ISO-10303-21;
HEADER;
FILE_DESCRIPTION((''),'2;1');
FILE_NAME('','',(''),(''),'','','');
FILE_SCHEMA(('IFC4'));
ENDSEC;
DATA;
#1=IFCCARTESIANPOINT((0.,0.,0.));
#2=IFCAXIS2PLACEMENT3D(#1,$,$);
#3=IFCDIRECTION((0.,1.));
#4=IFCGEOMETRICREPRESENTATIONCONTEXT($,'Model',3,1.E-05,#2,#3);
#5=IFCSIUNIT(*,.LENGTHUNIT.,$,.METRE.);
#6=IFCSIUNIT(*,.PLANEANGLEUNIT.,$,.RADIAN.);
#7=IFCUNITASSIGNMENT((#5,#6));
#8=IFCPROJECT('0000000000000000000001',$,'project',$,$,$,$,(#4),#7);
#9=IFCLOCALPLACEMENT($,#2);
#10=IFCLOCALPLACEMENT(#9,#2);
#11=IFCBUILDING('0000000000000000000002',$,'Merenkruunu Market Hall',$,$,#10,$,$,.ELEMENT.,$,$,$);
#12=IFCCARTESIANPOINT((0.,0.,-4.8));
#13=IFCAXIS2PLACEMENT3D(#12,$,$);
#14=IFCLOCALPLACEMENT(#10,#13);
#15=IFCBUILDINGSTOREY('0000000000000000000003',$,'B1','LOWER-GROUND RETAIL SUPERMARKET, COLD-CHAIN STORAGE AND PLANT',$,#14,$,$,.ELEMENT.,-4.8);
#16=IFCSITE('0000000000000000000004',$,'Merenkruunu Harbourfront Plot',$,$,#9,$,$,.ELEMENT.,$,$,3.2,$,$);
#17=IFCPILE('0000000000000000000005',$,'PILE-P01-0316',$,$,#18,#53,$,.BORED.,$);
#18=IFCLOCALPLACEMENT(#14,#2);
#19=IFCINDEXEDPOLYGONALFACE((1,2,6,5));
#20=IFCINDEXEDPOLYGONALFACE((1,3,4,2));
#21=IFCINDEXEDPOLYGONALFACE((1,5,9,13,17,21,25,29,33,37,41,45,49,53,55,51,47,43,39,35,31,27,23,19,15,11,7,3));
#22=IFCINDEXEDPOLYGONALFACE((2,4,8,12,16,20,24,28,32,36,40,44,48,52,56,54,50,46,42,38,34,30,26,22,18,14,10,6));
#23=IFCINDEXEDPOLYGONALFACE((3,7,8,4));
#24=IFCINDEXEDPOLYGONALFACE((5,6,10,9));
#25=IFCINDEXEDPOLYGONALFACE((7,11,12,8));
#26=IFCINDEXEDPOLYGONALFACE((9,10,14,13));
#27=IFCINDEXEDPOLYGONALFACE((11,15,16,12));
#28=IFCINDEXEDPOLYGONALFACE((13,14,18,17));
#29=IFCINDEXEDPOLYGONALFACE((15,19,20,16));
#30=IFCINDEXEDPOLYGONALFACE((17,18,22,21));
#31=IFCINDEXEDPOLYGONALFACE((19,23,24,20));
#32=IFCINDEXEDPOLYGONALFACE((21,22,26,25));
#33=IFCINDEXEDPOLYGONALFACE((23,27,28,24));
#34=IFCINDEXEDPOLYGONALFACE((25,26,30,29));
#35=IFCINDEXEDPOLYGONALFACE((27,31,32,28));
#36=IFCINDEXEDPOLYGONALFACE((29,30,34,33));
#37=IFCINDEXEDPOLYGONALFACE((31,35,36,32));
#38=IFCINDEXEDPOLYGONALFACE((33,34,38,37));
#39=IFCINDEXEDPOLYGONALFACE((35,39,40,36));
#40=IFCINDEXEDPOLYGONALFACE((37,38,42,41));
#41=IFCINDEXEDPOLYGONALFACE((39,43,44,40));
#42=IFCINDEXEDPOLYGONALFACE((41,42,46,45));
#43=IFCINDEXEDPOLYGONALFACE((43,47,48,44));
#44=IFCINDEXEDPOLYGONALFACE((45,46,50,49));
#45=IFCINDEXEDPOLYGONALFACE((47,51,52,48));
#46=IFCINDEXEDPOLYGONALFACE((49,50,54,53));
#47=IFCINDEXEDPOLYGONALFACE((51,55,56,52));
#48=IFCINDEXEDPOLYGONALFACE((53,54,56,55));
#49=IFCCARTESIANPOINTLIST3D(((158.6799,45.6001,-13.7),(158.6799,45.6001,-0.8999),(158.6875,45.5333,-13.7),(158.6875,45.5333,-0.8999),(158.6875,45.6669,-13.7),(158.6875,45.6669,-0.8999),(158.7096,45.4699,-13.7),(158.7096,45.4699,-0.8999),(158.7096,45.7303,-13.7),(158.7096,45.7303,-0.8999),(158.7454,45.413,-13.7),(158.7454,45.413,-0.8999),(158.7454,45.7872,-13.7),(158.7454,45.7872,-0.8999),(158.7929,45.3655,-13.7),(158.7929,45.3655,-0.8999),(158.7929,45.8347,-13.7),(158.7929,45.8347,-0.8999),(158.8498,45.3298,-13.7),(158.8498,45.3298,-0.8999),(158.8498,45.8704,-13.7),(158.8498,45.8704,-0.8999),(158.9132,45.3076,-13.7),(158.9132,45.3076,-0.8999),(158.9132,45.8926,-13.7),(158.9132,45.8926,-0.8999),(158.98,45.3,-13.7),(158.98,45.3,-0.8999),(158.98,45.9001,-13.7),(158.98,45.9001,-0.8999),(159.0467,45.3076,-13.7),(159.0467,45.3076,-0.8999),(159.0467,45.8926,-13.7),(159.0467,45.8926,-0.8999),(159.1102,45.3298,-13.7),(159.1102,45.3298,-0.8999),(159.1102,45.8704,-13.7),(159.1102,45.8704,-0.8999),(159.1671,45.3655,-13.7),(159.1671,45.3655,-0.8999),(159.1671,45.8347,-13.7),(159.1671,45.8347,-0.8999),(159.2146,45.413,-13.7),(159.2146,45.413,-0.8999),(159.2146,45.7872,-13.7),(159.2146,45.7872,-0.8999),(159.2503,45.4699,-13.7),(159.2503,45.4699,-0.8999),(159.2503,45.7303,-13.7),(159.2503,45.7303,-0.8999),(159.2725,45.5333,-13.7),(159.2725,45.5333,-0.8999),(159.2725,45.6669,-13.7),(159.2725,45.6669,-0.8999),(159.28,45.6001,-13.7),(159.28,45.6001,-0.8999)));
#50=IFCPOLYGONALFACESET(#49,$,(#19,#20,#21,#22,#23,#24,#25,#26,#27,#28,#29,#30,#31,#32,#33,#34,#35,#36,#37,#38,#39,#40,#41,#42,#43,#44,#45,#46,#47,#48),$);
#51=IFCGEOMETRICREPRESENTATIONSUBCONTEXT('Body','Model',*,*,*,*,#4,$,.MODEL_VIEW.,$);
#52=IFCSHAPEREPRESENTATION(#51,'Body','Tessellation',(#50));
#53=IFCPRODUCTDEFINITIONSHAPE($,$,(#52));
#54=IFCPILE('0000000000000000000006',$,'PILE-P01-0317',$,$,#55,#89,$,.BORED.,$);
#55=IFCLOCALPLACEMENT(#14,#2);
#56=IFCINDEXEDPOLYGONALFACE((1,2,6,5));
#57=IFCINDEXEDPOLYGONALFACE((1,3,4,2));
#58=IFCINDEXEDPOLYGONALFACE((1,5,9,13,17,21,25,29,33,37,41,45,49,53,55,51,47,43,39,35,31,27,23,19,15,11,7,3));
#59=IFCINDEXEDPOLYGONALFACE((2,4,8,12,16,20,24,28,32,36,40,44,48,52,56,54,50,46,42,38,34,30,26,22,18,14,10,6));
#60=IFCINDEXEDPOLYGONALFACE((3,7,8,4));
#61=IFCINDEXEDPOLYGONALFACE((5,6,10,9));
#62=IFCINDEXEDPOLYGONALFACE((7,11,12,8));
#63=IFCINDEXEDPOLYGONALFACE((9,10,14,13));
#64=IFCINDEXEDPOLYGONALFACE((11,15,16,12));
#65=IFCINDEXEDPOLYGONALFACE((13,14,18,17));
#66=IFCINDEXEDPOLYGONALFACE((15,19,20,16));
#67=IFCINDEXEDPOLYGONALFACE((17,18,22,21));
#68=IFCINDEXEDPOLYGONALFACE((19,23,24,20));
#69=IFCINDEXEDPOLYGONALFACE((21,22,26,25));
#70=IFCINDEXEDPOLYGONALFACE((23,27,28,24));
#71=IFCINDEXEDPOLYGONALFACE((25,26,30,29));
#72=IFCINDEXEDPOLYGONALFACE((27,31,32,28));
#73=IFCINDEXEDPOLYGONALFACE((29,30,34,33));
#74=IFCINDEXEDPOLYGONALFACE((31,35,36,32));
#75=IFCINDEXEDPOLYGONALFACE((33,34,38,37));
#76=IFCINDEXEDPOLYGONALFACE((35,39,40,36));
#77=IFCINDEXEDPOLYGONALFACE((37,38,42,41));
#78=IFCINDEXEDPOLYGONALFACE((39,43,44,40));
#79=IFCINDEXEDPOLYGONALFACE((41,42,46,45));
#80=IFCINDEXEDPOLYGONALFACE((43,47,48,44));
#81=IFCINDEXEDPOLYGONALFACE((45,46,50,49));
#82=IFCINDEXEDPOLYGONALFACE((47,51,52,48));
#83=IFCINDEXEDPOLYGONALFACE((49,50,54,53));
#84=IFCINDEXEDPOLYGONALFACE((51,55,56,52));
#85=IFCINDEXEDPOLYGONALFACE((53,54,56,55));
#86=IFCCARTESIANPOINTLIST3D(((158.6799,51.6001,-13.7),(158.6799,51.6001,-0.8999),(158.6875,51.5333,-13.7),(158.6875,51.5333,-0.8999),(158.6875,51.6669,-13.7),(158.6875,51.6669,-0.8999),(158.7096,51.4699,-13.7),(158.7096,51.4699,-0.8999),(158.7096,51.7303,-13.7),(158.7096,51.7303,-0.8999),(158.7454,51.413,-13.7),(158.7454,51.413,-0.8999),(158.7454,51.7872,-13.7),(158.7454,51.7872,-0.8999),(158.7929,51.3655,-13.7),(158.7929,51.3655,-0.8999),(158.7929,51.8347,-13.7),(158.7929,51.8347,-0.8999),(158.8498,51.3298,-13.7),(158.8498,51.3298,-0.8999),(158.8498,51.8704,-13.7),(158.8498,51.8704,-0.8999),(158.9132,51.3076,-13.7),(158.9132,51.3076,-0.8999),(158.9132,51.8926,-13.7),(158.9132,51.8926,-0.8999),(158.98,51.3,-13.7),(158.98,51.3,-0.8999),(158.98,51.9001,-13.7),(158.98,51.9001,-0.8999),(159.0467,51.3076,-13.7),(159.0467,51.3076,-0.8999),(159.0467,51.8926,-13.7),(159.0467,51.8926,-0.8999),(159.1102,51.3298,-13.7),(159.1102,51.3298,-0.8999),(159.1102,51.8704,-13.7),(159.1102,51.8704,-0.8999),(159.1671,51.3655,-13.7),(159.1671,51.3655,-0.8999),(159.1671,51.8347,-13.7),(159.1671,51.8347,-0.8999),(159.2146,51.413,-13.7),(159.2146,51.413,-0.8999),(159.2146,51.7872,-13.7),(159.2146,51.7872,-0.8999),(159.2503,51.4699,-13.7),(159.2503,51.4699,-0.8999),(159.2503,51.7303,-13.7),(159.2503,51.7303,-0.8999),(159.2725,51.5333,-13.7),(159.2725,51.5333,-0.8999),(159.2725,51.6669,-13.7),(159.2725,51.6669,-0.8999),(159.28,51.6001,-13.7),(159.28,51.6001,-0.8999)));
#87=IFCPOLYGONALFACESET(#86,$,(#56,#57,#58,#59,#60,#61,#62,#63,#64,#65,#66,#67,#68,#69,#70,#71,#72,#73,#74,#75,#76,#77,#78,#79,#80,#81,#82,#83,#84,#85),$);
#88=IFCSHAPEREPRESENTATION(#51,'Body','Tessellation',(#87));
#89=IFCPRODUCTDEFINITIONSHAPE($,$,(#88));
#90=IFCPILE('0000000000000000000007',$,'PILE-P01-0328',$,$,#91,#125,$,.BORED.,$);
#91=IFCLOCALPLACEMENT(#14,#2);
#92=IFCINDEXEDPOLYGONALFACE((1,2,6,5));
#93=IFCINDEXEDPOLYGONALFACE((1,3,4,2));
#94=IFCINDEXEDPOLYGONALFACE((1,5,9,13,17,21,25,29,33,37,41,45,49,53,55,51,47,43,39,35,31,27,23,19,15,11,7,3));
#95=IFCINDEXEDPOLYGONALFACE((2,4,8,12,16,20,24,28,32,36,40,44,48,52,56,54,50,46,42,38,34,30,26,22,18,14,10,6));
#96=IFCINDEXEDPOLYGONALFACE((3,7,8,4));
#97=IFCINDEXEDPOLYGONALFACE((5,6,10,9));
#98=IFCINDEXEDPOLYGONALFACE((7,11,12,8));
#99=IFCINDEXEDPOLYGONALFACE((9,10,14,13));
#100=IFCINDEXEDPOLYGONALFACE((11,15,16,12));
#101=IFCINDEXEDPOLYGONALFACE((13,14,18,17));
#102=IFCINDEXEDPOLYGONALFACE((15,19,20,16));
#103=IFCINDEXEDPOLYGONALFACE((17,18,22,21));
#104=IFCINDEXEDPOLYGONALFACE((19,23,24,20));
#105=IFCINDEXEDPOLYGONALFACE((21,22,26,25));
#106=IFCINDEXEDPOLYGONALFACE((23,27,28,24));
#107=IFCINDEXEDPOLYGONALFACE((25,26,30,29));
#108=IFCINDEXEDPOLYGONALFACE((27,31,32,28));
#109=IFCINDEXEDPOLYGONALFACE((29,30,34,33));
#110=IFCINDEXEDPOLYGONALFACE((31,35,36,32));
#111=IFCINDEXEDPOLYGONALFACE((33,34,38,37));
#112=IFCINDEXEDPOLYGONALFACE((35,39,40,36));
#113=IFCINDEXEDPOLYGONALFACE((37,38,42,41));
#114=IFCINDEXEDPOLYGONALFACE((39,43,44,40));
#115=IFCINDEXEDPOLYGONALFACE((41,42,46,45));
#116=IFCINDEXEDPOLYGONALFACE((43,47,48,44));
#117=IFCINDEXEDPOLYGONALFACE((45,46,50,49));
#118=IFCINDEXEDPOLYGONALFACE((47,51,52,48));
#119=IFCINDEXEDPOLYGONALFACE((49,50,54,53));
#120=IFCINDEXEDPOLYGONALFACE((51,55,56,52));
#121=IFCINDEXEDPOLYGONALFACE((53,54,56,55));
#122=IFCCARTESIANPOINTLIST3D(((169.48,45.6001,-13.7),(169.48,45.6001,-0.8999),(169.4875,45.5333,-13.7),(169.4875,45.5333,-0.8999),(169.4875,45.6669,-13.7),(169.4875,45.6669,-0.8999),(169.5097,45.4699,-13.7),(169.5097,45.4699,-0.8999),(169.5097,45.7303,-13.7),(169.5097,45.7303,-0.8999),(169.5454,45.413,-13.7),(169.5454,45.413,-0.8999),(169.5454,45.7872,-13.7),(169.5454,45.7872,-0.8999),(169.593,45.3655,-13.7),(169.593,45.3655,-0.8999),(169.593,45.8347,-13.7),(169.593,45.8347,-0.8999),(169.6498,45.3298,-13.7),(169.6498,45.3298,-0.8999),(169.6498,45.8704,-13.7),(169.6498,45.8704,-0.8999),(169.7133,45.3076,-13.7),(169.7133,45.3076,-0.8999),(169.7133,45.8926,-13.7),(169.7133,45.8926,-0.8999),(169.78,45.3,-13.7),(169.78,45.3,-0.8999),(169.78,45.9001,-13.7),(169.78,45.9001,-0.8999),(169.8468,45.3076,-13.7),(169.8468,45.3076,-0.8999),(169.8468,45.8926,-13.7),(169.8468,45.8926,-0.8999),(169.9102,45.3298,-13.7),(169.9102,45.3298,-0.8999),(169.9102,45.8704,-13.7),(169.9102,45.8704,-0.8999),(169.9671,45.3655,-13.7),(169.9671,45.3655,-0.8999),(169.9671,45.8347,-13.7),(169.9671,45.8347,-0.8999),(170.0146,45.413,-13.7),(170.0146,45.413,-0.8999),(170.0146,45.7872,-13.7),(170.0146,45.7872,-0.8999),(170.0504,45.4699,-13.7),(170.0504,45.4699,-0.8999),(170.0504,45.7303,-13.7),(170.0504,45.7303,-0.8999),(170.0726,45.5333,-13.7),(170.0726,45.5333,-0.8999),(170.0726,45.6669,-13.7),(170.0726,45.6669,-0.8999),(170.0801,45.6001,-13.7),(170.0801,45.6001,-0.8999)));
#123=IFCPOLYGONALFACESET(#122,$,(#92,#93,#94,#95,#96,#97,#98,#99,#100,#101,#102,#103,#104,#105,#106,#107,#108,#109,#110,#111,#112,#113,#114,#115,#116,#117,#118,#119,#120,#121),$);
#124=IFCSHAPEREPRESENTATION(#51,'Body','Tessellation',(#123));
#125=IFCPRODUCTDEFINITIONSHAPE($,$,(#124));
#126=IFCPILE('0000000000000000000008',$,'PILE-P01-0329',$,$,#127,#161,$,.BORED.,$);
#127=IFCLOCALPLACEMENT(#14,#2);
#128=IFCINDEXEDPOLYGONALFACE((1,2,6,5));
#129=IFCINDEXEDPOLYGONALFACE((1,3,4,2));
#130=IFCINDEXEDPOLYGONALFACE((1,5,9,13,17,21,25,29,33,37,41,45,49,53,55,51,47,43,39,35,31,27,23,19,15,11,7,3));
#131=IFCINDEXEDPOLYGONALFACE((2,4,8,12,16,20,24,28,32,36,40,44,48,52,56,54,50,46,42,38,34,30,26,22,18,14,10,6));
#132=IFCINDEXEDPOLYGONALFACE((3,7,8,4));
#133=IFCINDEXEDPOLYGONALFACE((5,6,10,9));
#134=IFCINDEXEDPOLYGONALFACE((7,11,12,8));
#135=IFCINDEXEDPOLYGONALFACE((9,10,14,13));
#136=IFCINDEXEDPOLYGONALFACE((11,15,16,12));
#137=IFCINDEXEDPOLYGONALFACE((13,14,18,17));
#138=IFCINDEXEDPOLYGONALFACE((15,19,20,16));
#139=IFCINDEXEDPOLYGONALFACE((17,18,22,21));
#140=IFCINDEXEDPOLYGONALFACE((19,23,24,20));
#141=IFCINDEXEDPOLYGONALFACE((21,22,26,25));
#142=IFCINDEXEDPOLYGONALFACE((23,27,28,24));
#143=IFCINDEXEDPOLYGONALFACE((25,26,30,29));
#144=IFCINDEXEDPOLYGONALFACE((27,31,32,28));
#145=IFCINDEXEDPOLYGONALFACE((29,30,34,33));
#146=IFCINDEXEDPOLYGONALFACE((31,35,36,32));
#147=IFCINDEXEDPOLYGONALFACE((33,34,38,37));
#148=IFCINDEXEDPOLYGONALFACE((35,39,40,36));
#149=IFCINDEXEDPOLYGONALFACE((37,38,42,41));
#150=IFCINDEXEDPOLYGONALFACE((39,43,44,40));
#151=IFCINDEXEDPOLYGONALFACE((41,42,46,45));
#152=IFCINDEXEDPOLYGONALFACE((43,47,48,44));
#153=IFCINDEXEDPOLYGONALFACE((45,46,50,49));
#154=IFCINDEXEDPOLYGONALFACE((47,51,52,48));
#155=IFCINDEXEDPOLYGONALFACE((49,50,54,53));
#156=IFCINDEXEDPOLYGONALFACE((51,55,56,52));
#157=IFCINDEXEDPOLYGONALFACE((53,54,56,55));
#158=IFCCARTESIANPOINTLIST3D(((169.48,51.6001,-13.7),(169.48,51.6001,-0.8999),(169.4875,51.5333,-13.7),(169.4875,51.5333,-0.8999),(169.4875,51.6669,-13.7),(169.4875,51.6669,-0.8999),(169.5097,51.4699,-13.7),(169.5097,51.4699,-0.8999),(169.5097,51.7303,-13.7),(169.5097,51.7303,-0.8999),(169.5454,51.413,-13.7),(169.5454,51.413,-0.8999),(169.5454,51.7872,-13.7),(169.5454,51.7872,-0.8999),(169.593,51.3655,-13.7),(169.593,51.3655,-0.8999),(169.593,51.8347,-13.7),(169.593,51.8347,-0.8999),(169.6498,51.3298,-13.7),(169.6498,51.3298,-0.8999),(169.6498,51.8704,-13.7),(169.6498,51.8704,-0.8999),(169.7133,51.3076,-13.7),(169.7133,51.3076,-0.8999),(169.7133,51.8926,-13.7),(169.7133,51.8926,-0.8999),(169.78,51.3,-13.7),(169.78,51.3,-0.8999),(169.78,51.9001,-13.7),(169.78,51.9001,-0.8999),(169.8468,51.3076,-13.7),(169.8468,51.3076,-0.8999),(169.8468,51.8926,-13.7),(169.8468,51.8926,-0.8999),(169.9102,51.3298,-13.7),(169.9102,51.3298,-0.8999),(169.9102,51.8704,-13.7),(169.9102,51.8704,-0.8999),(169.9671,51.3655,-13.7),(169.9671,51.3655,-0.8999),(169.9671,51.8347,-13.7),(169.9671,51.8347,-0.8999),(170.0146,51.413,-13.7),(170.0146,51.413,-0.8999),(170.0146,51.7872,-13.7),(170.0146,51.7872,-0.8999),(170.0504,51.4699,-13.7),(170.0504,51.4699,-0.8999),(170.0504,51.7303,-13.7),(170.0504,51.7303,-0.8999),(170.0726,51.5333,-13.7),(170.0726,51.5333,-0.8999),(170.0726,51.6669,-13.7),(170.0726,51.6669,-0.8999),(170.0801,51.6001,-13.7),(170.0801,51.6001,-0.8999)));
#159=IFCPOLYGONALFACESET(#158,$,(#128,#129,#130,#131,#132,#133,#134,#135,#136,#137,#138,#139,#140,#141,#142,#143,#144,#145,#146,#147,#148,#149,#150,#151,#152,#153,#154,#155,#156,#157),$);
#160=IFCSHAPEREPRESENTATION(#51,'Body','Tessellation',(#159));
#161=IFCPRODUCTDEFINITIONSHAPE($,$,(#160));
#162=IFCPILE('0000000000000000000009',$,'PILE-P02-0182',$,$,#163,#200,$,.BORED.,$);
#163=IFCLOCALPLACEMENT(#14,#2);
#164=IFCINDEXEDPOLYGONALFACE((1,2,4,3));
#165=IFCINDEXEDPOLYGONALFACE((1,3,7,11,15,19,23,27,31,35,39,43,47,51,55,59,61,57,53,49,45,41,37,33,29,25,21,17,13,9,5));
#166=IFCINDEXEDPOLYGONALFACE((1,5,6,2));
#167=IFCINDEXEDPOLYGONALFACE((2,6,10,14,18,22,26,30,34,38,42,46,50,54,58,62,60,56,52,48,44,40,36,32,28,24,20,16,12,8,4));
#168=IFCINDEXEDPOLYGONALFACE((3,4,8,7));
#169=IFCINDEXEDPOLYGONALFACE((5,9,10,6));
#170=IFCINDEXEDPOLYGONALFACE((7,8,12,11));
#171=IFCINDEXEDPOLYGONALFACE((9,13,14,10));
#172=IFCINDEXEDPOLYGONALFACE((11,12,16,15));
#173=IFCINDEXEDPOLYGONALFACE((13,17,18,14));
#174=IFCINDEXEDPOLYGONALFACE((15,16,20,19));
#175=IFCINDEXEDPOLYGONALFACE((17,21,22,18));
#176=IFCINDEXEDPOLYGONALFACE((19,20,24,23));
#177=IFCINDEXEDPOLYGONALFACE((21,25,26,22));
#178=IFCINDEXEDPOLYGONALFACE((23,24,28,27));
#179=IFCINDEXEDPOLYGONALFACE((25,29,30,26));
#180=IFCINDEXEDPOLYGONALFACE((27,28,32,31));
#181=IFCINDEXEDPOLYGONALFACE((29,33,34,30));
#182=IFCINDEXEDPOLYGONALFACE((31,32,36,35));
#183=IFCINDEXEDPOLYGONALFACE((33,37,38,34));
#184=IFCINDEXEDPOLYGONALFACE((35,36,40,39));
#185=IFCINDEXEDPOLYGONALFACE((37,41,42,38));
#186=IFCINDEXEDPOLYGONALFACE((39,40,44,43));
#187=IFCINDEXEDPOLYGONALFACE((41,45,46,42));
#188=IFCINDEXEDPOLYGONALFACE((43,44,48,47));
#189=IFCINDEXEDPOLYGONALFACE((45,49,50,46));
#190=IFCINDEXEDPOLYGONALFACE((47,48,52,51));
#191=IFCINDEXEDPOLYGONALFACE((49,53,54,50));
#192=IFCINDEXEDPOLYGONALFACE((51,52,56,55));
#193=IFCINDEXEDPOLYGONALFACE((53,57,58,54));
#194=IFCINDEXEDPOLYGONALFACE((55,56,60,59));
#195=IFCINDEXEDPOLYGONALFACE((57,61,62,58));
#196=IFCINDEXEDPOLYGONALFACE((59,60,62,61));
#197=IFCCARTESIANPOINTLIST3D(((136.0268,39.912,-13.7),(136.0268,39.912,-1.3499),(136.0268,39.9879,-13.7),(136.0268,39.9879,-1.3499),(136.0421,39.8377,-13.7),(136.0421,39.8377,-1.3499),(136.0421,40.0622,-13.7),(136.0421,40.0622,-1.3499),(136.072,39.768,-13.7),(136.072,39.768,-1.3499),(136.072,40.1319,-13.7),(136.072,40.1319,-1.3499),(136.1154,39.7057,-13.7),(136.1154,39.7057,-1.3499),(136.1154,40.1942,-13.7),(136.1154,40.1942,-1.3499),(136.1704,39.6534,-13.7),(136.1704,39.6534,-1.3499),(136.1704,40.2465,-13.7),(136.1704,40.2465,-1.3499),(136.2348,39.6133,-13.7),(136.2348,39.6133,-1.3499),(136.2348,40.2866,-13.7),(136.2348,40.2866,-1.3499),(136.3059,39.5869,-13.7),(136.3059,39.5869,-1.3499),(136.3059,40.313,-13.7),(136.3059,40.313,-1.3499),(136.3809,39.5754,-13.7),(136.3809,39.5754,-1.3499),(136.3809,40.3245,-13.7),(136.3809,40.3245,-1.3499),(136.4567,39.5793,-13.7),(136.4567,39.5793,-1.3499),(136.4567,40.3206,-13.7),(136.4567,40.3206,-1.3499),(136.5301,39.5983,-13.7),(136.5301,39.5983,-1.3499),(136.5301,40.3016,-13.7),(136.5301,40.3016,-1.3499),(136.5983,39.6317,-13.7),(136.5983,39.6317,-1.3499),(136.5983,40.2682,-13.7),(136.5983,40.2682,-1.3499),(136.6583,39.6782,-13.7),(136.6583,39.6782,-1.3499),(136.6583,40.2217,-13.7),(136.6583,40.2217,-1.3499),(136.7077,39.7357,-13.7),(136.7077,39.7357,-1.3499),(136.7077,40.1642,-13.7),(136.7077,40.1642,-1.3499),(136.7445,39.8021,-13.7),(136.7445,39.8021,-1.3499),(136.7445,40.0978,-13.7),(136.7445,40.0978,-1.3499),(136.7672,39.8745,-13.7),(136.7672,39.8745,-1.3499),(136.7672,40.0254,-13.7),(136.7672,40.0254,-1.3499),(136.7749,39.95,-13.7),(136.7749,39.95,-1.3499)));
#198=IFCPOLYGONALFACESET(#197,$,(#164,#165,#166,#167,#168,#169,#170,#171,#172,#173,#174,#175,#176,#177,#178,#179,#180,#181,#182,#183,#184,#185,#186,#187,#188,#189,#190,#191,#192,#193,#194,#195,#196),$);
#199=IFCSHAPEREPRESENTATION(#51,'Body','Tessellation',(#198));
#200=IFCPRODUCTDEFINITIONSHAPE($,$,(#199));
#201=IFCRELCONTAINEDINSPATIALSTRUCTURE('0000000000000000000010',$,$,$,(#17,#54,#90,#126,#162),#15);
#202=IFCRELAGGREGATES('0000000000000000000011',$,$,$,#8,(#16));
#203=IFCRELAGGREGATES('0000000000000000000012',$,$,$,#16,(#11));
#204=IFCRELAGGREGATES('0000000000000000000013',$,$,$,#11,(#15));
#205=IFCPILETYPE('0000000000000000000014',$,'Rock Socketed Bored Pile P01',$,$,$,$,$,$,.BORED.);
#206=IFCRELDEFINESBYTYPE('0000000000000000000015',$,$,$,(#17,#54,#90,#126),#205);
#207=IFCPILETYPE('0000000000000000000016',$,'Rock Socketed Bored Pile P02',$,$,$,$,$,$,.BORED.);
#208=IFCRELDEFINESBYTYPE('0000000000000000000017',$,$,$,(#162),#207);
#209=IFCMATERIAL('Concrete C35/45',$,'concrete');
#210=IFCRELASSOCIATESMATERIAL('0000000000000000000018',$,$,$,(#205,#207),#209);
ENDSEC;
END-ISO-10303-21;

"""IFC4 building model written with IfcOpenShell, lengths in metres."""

from ifc_helpers import new_model, si_unit, direction, frame, origin, origin_2d, place, context, subcontext, project, spatial, circle, extrude, material, material_profile, profile_set, type_object, element, save


model = new_model("IFC4")

# Units and contexts
model_context = context("Model", 3, precision=1e-05, world=origin(), true_north=direction((0.0, 1.0)))
body_context = subcontext(model_context, "Body", "Model", "MODEL_VIEW")
ifc_project = project(units=[si_unit("LENGTHUNIT", "METRE"), si_unit("PLANEANGLEUNIT", "RADIAN")], contexts=[model_context])

# Site, building, storey
site_placement = place(None, origin())
site = spatial("IfcSite", under=ifc_project, at=site_placement, Name="Merenkruunu Harbourfront Plot", CompositionType="ELEMENT", RefElevation=3.2)
building_placement = place(site_placement, origin())
building = spatial("IfcBuilding", under=site, at=building_placement, Name="Merenkruunu Market Hall", CompositionType="ELEMENT")
storey_placement = place(building_placement, frame((0.0, 0.0, -4.8)))
storey = spatial("IfcBuildingStorey", under=building, at=storey_placement, Name="B1", Description="LOWER-GROUND RETAIL SUPERMARKET, COLD-CHAIN STORAGE AND PLANT", CompositionType="ELEMENT", Elevation=-4.8)

# Shared definitions
ifc_material = material(Name="Concrete C35/45", Category="concrete")

# Piles
ifc_material_profile_1 = material_profile(ifc_material, circle(Radius=0.3, at=origin_2d()), Name="BORED PILE 600")
ifc_profile_set_1 = profile_set([ifc_material_profile_1], Name="Concrete C35/45")
pile_type_1 = type_object("IfcPileType", Name="Rock Socketed Bored Pile P01", PredefinedType="BORED", material=ifc_profile_set_1)
for number, where, z_axis, x_axis, name in (
    (1, (158.98, 45.6001, -0.8999), (0.0, 0.0, -1.0), (1.0, 0.0, 0.0), "PILE-P01-0316"),
    (2, (158.98, 51.6001, -0.8999), (0.0, 0.0, -1.0), (1.0, 0.0, 0.0), "PILE-P01-0317"),
    (3, (169.78, 45.6001, -0.8999), (0.0, 0.0, -1.0), (1.0, 0.0, 0.0), "PILE-P01-0328"),
    (4, (169.78, 51.6001, -0.8999), (0.0, 0.0, -1.0), (1.0, 0.0, 0.0), "PILE-P01-0329"),
):
    element("IfcPile", number, at=place(storey_placement, frame(where, z_axis=z_axis, x_axis=x_axis)), inside=storey, type_object=pile_type_1, Name=name, PredefinedType="BORED", context=body_context, shape_type="SweptSolid", body=[
        extrude(circle(Radius=0.3, at=origin_2d()), origin(), (0.0, 0.0, 1.0), 12.8),
    ])
ifc_material_profile_2 = material_profile(ifc_material, circle(Radius=0.375, at=origin_2d()), Name="BORED PILE 750")
ifc_profile_set_2 = profile_set([ifc_material_profile_2], Name="Concrete C35/45")
pile_type_2 = type_object("IfcPileType", Name="Rock Socketed Bored Pile P02", PredefinedType="BORED", material=ifc_profile_set_2)
for number, where, z_axis, x_axis, name in (
    (5, (136.3999, 39.95, -1.3499), (0.0, 0.0, -1.0), (1.0, 0.0, 0.0), "PILE-P02-0182"),
):
    element("IfcPile", number, at=place(storey_placement, frame(where, z_axis=z_axis, x_axis=x_axis)), inside=storey, type_object=pile_type_2, Name=name, PredefinedType="BORED", context=body_context, shape_type="SweptSolid", body=[
        extrude(circle(Radius=0.375, at=origin_2d()), origin(), (0.0, 0.0, 1.0), 12.3501),
    ])

save(model, "model.ifc")
